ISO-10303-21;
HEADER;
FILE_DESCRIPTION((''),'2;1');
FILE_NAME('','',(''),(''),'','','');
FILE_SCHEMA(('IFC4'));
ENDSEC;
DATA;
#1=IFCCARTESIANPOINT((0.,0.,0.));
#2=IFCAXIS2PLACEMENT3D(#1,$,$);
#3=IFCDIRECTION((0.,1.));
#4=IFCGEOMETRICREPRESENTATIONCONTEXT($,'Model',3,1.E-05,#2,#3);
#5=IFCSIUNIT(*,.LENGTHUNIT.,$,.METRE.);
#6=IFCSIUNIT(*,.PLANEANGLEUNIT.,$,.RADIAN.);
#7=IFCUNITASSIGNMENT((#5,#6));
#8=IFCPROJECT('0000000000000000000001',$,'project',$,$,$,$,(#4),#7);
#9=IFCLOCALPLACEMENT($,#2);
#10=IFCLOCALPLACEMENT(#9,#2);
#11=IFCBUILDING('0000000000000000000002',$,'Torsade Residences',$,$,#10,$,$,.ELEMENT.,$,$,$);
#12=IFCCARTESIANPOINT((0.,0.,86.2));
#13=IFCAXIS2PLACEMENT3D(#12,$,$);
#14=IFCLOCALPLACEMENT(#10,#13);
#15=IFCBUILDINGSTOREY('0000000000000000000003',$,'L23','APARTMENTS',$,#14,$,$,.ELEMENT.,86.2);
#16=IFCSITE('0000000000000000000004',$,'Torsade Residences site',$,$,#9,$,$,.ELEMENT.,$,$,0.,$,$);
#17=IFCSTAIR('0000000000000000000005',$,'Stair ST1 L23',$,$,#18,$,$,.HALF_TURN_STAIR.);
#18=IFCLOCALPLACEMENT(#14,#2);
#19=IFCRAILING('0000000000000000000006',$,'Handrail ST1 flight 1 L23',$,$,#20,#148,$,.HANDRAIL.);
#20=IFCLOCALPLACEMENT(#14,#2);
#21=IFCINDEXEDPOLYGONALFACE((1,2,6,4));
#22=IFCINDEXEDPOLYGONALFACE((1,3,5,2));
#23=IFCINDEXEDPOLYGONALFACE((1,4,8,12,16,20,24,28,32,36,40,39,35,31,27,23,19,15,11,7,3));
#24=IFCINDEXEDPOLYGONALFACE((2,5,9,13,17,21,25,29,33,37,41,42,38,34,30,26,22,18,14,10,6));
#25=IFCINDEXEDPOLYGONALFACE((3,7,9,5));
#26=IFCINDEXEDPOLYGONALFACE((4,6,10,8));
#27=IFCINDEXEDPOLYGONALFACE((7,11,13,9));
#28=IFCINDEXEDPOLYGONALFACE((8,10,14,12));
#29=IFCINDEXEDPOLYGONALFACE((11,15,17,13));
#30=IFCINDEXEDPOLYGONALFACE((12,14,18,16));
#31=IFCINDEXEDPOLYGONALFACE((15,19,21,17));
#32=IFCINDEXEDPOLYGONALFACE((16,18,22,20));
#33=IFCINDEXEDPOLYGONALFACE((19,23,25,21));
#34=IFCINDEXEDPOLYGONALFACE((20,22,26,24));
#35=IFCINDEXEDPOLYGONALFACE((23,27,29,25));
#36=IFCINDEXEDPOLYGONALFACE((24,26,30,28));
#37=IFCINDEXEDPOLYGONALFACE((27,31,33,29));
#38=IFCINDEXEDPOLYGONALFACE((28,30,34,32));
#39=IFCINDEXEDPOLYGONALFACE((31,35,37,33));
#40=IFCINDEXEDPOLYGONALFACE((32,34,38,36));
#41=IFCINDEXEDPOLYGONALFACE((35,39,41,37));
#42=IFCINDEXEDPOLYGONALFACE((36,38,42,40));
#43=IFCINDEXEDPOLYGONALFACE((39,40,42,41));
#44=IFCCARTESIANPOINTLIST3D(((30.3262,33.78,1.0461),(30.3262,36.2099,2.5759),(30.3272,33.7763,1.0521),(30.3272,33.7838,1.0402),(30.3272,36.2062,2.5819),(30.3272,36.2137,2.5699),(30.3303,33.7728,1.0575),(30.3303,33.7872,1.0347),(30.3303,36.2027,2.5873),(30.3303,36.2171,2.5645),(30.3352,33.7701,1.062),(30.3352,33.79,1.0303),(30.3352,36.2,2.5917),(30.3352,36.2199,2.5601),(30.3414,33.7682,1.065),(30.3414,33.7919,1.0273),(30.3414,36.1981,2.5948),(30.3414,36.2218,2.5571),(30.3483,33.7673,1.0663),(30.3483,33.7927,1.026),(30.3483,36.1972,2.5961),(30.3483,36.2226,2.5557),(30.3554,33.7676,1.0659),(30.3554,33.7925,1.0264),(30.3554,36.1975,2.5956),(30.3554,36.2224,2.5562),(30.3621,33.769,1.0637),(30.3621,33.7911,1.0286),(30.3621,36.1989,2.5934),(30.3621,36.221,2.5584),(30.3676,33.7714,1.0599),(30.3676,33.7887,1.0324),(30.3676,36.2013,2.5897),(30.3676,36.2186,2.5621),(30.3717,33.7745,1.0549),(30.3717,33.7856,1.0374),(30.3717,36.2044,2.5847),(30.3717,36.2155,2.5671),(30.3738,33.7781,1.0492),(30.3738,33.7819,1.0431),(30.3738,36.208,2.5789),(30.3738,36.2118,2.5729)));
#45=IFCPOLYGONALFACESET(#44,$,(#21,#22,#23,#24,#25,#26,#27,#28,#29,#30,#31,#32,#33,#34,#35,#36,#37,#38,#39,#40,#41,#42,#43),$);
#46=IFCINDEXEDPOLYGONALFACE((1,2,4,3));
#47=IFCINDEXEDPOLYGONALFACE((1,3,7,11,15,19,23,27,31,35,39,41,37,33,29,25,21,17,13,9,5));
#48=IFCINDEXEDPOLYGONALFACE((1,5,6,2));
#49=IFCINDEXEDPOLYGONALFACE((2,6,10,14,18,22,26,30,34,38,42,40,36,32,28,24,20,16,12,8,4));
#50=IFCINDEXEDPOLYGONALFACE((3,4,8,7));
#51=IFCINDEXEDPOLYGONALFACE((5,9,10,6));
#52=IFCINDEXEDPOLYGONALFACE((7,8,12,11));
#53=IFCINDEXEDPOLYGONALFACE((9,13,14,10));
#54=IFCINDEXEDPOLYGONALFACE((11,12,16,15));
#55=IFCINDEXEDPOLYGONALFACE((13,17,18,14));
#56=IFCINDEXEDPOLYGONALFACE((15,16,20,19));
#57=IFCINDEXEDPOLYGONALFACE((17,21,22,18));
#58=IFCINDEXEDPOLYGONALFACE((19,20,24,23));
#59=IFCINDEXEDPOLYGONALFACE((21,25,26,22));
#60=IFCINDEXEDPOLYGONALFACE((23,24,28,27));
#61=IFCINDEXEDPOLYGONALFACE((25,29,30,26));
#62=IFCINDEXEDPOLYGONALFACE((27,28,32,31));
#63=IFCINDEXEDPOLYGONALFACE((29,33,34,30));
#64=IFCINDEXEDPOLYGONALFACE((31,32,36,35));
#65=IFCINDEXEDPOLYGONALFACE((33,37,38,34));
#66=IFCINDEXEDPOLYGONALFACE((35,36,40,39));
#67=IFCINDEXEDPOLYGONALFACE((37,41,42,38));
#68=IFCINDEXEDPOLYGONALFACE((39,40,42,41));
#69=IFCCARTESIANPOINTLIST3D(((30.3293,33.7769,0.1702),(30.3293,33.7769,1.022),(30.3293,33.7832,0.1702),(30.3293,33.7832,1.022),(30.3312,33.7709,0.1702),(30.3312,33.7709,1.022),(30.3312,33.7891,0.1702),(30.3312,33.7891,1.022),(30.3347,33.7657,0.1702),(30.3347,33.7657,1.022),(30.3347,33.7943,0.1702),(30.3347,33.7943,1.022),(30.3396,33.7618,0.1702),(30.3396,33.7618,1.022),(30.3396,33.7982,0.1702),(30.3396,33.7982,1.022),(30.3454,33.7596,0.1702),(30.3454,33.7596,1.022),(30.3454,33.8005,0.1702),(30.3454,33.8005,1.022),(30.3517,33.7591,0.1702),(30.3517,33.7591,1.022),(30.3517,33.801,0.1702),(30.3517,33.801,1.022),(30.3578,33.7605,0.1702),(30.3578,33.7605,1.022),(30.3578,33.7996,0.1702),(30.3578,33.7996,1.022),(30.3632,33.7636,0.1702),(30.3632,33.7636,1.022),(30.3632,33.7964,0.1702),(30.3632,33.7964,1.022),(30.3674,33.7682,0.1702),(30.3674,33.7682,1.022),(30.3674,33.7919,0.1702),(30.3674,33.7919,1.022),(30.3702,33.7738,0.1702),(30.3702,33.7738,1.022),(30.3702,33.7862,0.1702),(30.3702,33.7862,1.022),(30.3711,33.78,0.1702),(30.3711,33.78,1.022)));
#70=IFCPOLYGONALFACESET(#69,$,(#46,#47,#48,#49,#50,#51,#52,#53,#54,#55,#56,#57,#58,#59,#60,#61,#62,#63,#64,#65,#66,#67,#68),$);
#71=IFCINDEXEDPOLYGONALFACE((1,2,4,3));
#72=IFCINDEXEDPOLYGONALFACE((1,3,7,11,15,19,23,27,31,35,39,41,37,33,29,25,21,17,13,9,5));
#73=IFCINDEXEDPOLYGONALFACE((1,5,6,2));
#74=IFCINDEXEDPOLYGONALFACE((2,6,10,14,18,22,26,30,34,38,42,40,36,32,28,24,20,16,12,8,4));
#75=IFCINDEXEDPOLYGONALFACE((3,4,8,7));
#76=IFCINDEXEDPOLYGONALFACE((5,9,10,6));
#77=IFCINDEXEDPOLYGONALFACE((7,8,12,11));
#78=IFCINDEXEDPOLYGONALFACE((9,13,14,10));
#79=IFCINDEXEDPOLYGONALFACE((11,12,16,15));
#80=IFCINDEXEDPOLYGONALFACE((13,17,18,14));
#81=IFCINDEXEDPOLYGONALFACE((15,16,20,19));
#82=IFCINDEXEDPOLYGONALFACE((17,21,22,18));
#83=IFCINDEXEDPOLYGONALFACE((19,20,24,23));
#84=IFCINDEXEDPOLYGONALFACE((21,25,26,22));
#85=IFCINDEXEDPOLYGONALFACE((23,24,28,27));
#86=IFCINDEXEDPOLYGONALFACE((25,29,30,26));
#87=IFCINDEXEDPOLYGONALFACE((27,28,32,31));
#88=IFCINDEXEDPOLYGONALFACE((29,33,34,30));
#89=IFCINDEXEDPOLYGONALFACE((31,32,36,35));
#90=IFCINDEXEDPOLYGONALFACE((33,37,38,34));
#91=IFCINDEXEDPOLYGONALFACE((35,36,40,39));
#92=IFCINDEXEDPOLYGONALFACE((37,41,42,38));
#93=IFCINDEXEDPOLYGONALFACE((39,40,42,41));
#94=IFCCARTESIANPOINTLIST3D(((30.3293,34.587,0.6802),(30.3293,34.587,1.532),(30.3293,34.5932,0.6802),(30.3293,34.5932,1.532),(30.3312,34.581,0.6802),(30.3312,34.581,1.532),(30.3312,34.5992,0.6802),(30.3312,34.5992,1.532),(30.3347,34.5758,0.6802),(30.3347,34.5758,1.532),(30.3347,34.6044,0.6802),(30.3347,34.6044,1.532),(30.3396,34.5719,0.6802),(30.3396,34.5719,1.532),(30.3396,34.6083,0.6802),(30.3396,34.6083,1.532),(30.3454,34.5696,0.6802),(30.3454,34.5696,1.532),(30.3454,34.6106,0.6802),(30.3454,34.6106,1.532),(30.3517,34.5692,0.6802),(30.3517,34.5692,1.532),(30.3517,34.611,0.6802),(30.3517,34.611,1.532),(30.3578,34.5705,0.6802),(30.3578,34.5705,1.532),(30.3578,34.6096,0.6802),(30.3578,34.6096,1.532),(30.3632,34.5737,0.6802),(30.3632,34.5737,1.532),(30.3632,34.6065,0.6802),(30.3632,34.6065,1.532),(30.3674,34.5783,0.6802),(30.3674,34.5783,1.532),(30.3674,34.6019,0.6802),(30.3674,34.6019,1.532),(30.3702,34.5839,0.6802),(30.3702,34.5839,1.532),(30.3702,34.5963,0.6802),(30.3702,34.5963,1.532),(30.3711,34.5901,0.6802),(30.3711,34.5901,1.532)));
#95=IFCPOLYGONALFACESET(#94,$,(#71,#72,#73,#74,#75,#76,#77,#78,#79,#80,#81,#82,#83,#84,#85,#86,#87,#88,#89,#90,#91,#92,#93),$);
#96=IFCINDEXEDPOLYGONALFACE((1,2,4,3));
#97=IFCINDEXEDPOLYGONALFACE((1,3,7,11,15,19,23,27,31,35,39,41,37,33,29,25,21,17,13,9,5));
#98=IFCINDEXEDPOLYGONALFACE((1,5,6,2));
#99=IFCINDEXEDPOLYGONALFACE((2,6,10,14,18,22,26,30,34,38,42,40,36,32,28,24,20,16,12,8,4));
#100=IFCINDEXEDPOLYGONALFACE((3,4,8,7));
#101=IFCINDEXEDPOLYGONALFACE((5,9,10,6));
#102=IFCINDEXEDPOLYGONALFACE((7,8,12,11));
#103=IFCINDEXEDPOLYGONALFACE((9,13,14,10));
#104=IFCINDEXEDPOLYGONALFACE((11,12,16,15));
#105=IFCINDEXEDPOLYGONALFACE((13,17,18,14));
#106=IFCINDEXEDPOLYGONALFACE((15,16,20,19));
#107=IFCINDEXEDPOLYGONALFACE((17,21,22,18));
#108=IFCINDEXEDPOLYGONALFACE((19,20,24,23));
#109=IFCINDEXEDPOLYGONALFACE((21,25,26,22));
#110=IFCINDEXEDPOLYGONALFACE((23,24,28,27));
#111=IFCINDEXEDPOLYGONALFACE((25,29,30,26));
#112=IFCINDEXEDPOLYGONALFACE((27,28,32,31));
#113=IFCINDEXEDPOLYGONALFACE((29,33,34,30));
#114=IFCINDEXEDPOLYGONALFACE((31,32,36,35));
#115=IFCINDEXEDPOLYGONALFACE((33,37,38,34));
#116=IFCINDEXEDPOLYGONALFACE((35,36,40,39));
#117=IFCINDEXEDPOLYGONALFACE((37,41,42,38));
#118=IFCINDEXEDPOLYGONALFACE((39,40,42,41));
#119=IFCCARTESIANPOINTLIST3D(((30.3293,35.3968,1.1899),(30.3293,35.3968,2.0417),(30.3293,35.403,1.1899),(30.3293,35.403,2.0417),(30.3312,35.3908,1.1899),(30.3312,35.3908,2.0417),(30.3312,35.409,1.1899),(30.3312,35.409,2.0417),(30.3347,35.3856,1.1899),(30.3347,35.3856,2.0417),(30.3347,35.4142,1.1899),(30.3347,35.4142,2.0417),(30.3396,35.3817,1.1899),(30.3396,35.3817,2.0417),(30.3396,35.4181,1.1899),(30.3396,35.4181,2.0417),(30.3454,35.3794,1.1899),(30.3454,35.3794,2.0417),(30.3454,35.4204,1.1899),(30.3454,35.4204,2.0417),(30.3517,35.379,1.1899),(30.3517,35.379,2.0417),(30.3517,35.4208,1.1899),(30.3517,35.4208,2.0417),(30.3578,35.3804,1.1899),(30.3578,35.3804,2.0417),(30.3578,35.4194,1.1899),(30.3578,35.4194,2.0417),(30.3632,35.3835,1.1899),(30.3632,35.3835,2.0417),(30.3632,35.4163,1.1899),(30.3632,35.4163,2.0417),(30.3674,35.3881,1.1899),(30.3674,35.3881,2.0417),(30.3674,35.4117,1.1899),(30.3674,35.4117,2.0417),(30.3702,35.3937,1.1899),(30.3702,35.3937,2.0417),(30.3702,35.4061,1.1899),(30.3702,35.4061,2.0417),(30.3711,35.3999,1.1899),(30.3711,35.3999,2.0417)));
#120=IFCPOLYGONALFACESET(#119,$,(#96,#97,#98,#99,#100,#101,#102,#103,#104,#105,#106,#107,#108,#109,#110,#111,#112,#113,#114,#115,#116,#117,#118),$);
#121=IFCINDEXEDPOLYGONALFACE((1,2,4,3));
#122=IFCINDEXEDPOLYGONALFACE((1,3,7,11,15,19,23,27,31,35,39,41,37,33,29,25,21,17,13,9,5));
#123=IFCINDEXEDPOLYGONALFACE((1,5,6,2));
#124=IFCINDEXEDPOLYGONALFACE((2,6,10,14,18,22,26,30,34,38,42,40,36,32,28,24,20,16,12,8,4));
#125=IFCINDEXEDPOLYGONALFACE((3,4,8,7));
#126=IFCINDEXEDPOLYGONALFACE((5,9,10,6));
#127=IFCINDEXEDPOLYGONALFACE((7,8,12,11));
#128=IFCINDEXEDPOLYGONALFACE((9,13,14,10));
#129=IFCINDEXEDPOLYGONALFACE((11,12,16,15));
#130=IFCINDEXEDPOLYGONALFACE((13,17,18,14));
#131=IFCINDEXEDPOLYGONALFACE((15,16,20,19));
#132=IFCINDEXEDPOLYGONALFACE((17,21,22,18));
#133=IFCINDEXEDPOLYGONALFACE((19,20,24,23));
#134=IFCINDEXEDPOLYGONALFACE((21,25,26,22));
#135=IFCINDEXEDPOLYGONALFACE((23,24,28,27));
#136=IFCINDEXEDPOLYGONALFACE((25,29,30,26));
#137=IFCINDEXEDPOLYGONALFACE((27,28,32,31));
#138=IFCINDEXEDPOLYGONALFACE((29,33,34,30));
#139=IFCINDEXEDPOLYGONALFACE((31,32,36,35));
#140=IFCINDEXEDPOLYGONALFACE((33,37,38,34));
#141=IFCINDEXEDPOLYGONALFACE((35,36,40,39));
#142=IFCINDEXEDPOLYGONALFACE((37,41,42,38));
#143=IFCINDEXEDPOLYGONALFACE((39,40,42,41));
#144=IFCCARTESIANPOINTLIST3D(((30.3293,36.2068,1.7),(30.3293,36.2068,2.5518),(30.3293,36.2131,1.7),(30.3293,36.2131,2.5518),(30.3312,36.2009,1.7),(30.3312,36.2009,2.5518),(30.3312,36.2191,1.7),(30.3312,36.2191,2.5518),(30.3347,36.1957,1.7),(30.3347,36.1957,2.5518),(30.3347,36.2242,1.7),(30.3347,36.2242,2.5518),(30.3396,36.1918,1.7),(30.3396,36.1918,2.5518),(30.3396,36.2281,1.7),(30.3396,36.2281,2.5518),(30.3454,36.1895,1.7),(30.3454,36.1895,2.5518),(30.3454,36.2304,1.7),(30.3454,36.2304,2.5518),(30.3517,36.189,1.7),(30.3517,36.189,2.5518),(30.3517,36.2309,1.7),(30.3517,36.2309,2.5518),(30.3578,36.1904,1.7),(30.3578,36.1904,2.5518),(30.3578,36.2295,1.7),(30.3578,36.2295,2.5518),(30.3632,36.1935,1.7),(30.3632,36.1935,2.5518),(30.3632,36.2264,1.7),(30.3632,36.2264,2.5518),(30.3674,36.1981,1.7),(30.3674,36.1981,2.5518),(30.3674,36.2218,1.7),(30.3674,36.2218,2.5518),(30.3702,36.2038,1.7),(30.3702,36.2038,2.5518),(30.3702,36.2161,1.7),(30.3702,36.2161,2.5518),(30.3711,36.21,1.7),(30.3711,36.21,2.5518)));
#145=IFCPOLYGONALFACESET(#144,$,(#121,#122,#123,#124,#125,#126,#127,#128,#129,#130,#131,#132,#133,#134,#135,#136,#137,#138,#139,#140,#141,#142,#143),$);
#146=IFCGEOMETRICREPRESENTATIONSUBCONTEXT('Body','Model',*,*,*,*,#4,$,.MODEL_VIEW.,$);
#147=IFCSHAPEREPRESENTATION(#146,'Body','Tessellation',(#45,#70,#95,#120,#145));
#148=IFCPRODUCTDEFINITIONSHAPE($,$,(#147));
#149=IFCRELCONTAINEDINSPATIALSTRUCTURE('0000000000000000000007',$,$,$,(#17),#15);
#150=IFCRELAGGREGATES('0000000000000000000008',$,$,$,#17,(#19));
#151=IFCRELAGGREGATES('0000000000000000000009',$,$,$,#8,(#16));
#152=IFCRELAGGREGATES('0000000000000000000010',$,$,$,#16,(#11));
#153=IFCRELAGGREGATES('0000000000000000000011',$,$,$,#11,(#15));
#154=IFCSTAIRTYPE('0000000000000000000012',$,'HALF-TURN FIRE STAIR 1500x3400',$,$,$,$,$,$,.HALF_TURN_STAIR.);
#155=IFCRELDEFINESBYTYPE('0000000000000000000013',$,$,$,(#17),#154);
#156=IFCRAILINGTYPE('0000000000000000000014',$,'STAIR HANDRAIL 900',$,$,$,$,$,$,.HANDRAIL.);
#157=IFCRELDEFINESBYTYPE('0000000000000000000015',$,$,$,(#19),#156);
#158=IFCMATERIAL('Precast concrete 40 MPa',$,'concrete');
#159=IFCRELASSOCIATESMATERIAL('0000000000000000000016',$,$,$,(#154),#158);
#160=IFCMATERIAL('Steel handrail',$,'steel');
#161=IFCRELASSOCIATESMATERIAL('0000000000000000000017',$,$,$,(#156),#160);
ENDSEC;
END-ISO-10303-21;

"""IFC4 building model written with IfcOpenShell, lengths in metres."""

from ifc_helpers import new_model, si_unit, direction, frame, origin, origin_2d, place, context, subcontext, project, spatial, circle, extrude, material, type_object, element, aggregate, save


model = new_model("IFC4")

# Units and contexts
model_context = context("Model", 3, precision=1e-05, world=origin(), true_north=direction((0.0, 1.0)))
body_context = subcontext(model_context, "Body", "Model", "MODEL_VIEW")
ifc_project = project(units=[si_unit("LENGTHUNIT", "METRE"), si_unit("PLANEANGLEUNIT", "RADIAN")], contexts=[model_context])

# Site, building, storey
site_placement = place(None, origin())
site = spatial("IfcSite", under=ifc_project, at=site_placement, Name="Torsade Residences site", CompositionType="ELEMENT", RefElevation=0.0)
building_placement = place(site_placement, origin())
building = spatial("IfcBuilding", under=site, at=building_placement, Name="Torsade Residences", CompositionType="ELEMENT")
storey_placement = place(building_placement, frame((0.0, 0.0, 86.2)))
storey = spatial("IfcBuildingStorey", under=building, at=storey_placement, Name="L23", Description="APARTMENTS", CompositionType="ELEMENT", Elevation=86.2)

# Stair, railing
ifc_material_1 = material(Name="Precast concrete 40 MPa", Category="concrete")
stair_type = type_object("IfcStairType", Name="HALF-TURN FIRE STAIR 1500x3400", PredefinedType="HALF_TURN_STAIR", material=ifc_material_1)
stair_placement = place(storey_placement, origin())
stair = element("IfcStair", 1, at=stair_placement, inside=storey, type_object=stair_type, Name="Stair ST1 L23", PredefinedType="HALF_TURN_STAIR")
ifc_material_2 = material(Name="Steel handrail", Category="steel")
railing_type = type_object("IfcRailingType", Name="STAIR HANDRAIL 900", PredefinedType="HANDRAIL", material=ifc_material_2)
railing_1_placement = place(storey_placement, frame((30.3501, 33.78, 0.1702)))
railing_1 = element("IfcRailing", 2, at=railing_1_placement, type_object=railing_type, Name="Handrail ST1 flight 1 L23", PredefinedType="HANDRAIL", context=body_context, shape_type="SweptSolid", body=[
    extrude(circle(Radius=0.0239, at=origin_2d()), frame((0.0, 0.0, 0.876), z_axis=(0.0, 0.84626, 0.53277), x_axis=(-1.0, 0.0, 0.0)), (0.0, 0.0, 1.0), 2.8713),
    extrude(circle(Radius=0.021, at=origin_2d()), origin(), (0.0, 0.0, 1.0), 0.8518),
    extrude(circle(Radius=0.021, at=origin_2d()), frame((0.0, 0.8101, 0.51)), (0.0, 0.0, 1.0), 0.8518),
    extrude(circle(Radius=0.021, at=origin_2d()), frame((0.0, 1.6199, 1.0198)), (0.0, 0.0, 1.0), 0.8518),
    extrude(circle(Radius=0.021, at=origin_2d()), frame((0.0, 2.4299, 1.5298)), (0.0, 0.0, 1.0), 0.8518),
])
aggregate(stair, [railing_1])

save(model, "model.ifc")
